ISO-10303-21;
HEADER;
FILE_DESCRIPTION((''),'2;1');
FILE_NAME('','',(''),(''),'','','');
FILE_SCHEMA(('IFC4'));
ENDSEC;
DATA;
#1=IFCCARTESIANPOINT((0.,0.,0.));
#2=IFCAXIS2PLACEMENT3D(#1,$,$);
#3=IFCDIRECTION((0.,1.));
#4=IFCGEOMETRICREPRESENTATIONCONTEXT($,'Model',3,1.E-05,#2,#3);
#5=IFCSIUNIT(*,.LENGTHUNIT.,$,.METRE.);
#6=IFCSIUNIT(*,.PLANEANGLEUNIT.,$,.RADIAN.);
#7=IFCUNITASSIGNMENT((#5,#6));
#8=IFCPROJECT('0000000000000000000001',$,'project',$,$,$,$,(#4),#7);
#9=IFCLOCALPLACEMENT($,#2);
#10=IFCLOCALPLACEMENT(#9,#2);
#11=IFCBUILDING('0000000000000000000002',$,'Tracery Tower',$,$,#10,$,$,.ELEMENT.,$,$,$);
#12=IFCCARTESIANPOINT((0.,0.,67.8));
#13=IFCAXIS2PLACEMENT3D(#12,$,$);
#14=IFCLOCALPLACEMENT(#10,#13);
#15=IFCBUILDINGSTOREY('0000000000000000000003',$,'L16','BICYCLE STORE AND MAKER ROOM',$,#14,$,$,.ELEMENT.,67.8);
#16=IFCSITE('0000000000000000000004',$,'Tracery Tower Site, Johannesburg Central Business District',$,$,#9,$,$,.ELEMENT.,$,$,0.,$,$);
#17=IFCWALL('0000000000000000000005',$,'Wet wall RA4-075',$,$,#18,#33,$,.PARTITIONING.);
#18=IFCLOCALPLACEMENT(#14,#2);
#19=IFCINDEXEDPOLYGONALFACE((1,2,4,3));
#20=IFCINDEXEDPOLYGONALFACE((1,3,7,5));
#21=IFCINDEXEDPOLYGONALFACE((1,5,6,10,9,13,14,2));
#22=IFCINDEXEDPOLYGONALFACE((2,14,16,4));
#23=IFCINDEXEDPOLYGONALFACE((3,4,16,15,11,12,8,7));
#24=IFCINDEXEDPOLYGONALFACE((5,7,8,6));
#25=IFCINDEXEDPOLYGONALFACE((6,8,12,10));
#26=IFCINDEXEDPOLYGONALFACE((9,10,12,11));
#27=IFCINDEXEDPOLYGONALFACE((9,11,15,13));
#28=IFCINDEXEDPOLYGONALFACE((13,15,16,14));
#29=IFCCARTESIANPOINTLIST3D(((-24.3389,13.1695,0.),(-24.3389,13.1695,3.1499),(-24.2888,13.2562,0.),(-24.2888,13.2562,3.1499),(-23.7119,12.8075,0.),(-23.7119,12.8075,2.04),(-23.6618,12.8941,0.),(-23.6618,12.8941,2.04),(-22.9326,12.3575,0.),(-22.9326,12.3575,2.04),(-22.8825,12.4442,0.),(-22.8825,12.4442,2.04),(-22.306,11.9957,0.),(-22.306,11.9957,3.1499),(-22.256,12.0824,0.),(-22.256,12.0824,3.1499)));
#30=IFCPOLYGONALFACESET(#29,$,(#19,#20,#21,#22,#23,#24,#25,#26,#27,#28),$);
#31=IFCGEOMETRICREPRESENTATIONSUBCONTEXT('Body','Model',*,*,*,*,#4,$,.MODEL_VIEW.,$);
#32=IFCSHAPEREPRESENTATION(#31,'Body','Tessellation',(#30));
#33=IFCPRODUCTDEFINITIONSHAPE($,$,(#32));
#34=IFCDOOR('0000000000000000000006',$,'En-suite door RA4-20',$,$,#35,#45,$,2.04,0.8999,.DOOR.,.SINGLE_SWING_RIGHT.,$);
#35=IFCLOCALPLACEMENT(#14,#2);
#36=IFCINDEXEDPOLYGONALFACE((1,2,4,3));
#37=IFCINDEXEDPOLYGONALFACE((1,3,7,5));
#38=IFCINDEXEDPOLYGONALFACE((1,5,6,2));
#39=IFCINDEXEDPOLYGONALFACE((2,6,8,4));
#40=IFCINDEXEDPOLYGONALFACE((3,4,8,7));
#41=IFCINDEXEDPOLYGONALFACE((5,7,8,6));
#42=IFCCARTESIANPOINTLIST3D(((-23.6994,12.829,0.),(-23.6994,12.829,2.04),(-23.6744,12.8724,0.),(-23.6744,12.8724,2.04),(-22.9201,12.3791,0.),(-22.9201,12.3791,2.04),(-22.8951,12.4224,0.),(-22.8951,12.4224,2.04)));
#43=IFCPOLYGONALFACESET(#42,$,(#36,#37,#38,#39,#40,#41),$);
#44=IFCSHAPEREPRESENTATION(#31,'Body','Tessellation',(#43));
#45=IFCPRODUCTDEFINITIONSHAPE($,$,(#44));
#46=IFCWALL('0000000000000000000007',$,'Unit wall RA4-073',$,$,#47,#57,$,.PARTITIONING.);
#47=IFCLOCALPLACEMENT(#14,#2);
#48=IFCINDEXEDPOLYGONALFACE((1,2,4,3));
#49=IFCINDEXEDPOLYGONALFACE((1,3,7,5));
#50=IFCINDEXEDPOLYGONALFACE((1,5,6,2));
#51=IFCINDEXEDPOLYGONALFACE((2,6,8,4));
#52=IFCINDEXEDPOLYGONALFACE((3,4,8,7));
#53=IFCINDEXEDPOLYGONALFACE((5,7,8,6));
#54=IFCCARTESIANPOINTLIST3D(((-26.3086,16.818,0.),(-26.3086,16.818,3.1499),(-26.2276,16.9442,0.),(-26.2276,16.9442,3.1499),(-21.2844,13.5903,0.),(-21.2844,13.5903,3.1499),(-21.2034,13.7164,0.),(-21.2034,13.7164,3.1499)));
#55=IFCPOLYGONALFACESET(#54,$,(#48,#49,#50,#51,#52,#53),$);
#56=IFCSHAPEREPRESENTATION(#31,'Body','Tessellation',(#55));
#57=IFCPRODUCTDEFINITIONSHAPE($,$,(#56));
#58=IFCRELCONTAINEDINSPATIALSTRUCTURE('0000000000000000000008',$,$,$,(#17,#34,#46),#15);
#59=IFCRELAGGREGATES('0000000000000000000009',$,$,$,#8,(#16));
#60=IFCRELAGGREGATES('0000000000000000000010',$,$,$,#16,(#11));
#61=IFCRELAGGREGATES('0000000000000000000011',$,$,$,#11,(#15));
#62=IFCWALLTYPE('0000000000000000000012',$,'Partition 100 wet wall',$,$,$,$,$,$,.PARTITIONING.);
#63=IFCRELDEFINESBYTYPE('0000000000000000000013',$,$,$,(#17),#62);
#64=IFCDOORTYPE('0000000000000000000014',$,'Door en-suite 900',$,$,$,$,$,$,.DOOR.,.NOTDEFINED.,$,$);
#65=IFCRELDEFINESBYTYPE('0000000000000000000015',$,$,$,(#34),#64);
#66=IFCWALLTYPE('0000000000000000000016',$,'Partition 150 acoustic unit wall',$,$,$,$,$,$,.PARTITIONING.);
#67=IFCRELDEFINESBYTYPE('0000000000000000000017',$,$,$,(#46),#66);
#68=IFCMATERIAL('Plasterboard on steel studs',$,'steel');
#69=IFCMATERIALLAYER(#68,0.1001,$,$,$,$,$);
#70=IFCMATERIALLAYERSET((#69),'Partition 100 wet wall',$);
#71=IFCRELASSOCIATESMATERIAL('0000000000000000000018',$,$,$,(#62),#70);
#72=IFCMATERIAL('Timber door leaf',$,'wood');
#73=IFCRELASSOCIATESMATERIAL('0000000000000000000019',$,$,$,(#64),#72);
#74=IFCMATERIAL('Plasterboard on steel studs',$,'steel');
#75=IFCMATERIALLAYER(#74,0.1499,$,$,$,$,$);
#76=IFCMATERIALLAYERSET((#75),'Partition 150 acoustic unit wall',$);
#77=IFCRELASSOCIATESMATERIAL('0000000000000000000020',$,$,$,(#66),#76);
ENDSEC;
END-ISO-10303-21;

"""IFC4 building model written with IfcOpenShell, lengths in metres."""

from ifc_helpers import new_model, si_unit, direction, frame, frame_2d, origin, place, context, subcontext, project, spatial, rectangle, extrude, material, layer, layer_set, type_object, element, fill, save


model = new_model("IFC4")

# Units and contexts
model_context = context("Model", 3, precision=1e-05, world=origin(), true_north=direction((0.0, 1.0)))
body_context = subcontext(model_context, "Body", "Model", "MODEL_VIEW")
ifc_project = project(units=[si_unit("LENGTHUNIT", "METRE"), si_unit("PLANEANGLEUNIT", "RADIAN")], contexts=[model_context])

# Site, building, storey
site_placement = place(None, origin())
site = spatial("IfcSite", under=ifc_project, at=site_placement, Name="Tracery Tower Site, Johannesburg Central Business District", CompositionType="ELEMENT", RefElevation=0.0)
building_placement = place(site_placement, origin())
building = spatial("IfcBuilding", under=site, at=building_placement, Name="Tracery Tower", CompositionType="ELEMENT")
storey_placement = place(building_placement, frame((0.0, 0.0, 67.8)))
storey = spatial("IfcBuildingStorey", under=building, at=storey_placement, Name="L16", Description="BICYCLE STORE AND MAKER ROOM", CompositionType="ELEMENT", Elevation=67.8)

# Shared definitions
ifc_material_1 = material(Name="Plasterboard on steel studs", Category="steel")
ifc_layer_1 = layer(ifc_material_1, 0.1001)
ifc_layer_set_1 = layer_set([ifc_layer_1], Name="Partition 100 wet wall")
wall_type_1 = type_object("IfcWallType", Name="Partition 100 wet wall", PredefinedType="PARTITIONING", material=ifc_layer_set_1)
ifc_material_2 = material(Name="Timber door leaf", Category="wood")
door_type = type_object("IfcDoorType", Name="Door en-suite 900", OperationType="NOTDEFINED", PredefinedType="DOOR", material=ifc_material_2)

# Wall, opening, door
wall_1_placement = place(storey_placement, frame((-24.314, 13.2129, 0.0), z_axis=(0.0, 0.0, 1.0), x_axis=(0.866007, -0.500032, 0.0)))
wall_1 = element("IfcWall", 1, at=wall_1_placement, inside=storey, type_object=wall_type_1, Name="Wet wall RA4-075", PredefinedType="PARTITIONING", context=body_context, shape_type="SweptSolid", body=[
    extrude(rectangle(XDim=2.3474, YDim=0.1001, at=frame_2d((1.1738, 0.0))), origin(), (0.0, 0.0, 1.0), 3.1499),
])
opening_1_placement = place(wall_1_placement, frame((0.7241, 0.0, 0.0)))
opening_1 = element("IfcOpeningElement", 2, at=opening_1_placement, cuts=wall_1, PredefinedType="OPENING", context=body_context, shape_type="SweptSolid", body=[
    extrude(rectangle(XDim=0.8999, YDim=2.04, at=frame_2d((0.45, 1.02))), frame((0.0, 0.05, 0.0), z_axis=(0.0, -1.0, 0.0), x_axis=(1.0, 0.0, 0.0)), (0.0, 0.0, 1.0), 0.1001),
])
door_1_placement = place(opening_1_placement, origin())
door_1 = element("IfcDoor", 3, at=door_1_placement, inside=storey, type_object=door_type, Name="En-suite door RA4-20", OperationType="SINGLE_SWING_RIGHT", OverallHeight=2.04, OverallWidth=0.8999, PredefinedType="DOOR", context=body_context, shape_type="SweptSolid", body=[
    extrude(rectangle(XDim=0.8999, YDim=2.04, at=frame_2d((0.45, 1.02))), frame((0.0, 0.0249, 0.0), z_axis=(0.0, -1.0, 0.0), x_axis=(1.0, 0.0, 0.0)), (0.0, 0.0, 1.0), 0.05),
])
fill(opening_1, door_1)

# Wall
ifc_material_3 = material(Name="Plasterboard on steel studs", Category="steel")
ifc_layer_2 = layer(ifc_material_3, 0.1499)
ifc_layer_set_2 = layer_set([ifc_layer_2], Name="Partition 150 acoustic unit wall")
wall_type_2 = type_object("IfcWallType", Name="Partition 150 acoustic unit wall", PredefinedType="PARTITIONING", material=ifc_layer_set_2)
wall_2_placement = place(storey_placement, frame((-26.2681, 16.8811, 0.0), z_axis=(0.0, 0.0, 1.0), x_axis=(0.841334, -0.540516, 0.0)))
element("IfcWall", 4, at=wall_2_placement, inside=storey, type_object=wall_type_2, Name="Unit wall RA4-073", PredefinedType="PARTITIONING", context=body_context, shape_type="SweptSolid", body=[
    extrude(rectangle(XDim=5.9717, YDim=0.1499, at=frame_2d((2.9858, 0.0))), origin(), (0.0, 0.0, 1.0), 3.1499),
])

save(model, "model.ifc")
